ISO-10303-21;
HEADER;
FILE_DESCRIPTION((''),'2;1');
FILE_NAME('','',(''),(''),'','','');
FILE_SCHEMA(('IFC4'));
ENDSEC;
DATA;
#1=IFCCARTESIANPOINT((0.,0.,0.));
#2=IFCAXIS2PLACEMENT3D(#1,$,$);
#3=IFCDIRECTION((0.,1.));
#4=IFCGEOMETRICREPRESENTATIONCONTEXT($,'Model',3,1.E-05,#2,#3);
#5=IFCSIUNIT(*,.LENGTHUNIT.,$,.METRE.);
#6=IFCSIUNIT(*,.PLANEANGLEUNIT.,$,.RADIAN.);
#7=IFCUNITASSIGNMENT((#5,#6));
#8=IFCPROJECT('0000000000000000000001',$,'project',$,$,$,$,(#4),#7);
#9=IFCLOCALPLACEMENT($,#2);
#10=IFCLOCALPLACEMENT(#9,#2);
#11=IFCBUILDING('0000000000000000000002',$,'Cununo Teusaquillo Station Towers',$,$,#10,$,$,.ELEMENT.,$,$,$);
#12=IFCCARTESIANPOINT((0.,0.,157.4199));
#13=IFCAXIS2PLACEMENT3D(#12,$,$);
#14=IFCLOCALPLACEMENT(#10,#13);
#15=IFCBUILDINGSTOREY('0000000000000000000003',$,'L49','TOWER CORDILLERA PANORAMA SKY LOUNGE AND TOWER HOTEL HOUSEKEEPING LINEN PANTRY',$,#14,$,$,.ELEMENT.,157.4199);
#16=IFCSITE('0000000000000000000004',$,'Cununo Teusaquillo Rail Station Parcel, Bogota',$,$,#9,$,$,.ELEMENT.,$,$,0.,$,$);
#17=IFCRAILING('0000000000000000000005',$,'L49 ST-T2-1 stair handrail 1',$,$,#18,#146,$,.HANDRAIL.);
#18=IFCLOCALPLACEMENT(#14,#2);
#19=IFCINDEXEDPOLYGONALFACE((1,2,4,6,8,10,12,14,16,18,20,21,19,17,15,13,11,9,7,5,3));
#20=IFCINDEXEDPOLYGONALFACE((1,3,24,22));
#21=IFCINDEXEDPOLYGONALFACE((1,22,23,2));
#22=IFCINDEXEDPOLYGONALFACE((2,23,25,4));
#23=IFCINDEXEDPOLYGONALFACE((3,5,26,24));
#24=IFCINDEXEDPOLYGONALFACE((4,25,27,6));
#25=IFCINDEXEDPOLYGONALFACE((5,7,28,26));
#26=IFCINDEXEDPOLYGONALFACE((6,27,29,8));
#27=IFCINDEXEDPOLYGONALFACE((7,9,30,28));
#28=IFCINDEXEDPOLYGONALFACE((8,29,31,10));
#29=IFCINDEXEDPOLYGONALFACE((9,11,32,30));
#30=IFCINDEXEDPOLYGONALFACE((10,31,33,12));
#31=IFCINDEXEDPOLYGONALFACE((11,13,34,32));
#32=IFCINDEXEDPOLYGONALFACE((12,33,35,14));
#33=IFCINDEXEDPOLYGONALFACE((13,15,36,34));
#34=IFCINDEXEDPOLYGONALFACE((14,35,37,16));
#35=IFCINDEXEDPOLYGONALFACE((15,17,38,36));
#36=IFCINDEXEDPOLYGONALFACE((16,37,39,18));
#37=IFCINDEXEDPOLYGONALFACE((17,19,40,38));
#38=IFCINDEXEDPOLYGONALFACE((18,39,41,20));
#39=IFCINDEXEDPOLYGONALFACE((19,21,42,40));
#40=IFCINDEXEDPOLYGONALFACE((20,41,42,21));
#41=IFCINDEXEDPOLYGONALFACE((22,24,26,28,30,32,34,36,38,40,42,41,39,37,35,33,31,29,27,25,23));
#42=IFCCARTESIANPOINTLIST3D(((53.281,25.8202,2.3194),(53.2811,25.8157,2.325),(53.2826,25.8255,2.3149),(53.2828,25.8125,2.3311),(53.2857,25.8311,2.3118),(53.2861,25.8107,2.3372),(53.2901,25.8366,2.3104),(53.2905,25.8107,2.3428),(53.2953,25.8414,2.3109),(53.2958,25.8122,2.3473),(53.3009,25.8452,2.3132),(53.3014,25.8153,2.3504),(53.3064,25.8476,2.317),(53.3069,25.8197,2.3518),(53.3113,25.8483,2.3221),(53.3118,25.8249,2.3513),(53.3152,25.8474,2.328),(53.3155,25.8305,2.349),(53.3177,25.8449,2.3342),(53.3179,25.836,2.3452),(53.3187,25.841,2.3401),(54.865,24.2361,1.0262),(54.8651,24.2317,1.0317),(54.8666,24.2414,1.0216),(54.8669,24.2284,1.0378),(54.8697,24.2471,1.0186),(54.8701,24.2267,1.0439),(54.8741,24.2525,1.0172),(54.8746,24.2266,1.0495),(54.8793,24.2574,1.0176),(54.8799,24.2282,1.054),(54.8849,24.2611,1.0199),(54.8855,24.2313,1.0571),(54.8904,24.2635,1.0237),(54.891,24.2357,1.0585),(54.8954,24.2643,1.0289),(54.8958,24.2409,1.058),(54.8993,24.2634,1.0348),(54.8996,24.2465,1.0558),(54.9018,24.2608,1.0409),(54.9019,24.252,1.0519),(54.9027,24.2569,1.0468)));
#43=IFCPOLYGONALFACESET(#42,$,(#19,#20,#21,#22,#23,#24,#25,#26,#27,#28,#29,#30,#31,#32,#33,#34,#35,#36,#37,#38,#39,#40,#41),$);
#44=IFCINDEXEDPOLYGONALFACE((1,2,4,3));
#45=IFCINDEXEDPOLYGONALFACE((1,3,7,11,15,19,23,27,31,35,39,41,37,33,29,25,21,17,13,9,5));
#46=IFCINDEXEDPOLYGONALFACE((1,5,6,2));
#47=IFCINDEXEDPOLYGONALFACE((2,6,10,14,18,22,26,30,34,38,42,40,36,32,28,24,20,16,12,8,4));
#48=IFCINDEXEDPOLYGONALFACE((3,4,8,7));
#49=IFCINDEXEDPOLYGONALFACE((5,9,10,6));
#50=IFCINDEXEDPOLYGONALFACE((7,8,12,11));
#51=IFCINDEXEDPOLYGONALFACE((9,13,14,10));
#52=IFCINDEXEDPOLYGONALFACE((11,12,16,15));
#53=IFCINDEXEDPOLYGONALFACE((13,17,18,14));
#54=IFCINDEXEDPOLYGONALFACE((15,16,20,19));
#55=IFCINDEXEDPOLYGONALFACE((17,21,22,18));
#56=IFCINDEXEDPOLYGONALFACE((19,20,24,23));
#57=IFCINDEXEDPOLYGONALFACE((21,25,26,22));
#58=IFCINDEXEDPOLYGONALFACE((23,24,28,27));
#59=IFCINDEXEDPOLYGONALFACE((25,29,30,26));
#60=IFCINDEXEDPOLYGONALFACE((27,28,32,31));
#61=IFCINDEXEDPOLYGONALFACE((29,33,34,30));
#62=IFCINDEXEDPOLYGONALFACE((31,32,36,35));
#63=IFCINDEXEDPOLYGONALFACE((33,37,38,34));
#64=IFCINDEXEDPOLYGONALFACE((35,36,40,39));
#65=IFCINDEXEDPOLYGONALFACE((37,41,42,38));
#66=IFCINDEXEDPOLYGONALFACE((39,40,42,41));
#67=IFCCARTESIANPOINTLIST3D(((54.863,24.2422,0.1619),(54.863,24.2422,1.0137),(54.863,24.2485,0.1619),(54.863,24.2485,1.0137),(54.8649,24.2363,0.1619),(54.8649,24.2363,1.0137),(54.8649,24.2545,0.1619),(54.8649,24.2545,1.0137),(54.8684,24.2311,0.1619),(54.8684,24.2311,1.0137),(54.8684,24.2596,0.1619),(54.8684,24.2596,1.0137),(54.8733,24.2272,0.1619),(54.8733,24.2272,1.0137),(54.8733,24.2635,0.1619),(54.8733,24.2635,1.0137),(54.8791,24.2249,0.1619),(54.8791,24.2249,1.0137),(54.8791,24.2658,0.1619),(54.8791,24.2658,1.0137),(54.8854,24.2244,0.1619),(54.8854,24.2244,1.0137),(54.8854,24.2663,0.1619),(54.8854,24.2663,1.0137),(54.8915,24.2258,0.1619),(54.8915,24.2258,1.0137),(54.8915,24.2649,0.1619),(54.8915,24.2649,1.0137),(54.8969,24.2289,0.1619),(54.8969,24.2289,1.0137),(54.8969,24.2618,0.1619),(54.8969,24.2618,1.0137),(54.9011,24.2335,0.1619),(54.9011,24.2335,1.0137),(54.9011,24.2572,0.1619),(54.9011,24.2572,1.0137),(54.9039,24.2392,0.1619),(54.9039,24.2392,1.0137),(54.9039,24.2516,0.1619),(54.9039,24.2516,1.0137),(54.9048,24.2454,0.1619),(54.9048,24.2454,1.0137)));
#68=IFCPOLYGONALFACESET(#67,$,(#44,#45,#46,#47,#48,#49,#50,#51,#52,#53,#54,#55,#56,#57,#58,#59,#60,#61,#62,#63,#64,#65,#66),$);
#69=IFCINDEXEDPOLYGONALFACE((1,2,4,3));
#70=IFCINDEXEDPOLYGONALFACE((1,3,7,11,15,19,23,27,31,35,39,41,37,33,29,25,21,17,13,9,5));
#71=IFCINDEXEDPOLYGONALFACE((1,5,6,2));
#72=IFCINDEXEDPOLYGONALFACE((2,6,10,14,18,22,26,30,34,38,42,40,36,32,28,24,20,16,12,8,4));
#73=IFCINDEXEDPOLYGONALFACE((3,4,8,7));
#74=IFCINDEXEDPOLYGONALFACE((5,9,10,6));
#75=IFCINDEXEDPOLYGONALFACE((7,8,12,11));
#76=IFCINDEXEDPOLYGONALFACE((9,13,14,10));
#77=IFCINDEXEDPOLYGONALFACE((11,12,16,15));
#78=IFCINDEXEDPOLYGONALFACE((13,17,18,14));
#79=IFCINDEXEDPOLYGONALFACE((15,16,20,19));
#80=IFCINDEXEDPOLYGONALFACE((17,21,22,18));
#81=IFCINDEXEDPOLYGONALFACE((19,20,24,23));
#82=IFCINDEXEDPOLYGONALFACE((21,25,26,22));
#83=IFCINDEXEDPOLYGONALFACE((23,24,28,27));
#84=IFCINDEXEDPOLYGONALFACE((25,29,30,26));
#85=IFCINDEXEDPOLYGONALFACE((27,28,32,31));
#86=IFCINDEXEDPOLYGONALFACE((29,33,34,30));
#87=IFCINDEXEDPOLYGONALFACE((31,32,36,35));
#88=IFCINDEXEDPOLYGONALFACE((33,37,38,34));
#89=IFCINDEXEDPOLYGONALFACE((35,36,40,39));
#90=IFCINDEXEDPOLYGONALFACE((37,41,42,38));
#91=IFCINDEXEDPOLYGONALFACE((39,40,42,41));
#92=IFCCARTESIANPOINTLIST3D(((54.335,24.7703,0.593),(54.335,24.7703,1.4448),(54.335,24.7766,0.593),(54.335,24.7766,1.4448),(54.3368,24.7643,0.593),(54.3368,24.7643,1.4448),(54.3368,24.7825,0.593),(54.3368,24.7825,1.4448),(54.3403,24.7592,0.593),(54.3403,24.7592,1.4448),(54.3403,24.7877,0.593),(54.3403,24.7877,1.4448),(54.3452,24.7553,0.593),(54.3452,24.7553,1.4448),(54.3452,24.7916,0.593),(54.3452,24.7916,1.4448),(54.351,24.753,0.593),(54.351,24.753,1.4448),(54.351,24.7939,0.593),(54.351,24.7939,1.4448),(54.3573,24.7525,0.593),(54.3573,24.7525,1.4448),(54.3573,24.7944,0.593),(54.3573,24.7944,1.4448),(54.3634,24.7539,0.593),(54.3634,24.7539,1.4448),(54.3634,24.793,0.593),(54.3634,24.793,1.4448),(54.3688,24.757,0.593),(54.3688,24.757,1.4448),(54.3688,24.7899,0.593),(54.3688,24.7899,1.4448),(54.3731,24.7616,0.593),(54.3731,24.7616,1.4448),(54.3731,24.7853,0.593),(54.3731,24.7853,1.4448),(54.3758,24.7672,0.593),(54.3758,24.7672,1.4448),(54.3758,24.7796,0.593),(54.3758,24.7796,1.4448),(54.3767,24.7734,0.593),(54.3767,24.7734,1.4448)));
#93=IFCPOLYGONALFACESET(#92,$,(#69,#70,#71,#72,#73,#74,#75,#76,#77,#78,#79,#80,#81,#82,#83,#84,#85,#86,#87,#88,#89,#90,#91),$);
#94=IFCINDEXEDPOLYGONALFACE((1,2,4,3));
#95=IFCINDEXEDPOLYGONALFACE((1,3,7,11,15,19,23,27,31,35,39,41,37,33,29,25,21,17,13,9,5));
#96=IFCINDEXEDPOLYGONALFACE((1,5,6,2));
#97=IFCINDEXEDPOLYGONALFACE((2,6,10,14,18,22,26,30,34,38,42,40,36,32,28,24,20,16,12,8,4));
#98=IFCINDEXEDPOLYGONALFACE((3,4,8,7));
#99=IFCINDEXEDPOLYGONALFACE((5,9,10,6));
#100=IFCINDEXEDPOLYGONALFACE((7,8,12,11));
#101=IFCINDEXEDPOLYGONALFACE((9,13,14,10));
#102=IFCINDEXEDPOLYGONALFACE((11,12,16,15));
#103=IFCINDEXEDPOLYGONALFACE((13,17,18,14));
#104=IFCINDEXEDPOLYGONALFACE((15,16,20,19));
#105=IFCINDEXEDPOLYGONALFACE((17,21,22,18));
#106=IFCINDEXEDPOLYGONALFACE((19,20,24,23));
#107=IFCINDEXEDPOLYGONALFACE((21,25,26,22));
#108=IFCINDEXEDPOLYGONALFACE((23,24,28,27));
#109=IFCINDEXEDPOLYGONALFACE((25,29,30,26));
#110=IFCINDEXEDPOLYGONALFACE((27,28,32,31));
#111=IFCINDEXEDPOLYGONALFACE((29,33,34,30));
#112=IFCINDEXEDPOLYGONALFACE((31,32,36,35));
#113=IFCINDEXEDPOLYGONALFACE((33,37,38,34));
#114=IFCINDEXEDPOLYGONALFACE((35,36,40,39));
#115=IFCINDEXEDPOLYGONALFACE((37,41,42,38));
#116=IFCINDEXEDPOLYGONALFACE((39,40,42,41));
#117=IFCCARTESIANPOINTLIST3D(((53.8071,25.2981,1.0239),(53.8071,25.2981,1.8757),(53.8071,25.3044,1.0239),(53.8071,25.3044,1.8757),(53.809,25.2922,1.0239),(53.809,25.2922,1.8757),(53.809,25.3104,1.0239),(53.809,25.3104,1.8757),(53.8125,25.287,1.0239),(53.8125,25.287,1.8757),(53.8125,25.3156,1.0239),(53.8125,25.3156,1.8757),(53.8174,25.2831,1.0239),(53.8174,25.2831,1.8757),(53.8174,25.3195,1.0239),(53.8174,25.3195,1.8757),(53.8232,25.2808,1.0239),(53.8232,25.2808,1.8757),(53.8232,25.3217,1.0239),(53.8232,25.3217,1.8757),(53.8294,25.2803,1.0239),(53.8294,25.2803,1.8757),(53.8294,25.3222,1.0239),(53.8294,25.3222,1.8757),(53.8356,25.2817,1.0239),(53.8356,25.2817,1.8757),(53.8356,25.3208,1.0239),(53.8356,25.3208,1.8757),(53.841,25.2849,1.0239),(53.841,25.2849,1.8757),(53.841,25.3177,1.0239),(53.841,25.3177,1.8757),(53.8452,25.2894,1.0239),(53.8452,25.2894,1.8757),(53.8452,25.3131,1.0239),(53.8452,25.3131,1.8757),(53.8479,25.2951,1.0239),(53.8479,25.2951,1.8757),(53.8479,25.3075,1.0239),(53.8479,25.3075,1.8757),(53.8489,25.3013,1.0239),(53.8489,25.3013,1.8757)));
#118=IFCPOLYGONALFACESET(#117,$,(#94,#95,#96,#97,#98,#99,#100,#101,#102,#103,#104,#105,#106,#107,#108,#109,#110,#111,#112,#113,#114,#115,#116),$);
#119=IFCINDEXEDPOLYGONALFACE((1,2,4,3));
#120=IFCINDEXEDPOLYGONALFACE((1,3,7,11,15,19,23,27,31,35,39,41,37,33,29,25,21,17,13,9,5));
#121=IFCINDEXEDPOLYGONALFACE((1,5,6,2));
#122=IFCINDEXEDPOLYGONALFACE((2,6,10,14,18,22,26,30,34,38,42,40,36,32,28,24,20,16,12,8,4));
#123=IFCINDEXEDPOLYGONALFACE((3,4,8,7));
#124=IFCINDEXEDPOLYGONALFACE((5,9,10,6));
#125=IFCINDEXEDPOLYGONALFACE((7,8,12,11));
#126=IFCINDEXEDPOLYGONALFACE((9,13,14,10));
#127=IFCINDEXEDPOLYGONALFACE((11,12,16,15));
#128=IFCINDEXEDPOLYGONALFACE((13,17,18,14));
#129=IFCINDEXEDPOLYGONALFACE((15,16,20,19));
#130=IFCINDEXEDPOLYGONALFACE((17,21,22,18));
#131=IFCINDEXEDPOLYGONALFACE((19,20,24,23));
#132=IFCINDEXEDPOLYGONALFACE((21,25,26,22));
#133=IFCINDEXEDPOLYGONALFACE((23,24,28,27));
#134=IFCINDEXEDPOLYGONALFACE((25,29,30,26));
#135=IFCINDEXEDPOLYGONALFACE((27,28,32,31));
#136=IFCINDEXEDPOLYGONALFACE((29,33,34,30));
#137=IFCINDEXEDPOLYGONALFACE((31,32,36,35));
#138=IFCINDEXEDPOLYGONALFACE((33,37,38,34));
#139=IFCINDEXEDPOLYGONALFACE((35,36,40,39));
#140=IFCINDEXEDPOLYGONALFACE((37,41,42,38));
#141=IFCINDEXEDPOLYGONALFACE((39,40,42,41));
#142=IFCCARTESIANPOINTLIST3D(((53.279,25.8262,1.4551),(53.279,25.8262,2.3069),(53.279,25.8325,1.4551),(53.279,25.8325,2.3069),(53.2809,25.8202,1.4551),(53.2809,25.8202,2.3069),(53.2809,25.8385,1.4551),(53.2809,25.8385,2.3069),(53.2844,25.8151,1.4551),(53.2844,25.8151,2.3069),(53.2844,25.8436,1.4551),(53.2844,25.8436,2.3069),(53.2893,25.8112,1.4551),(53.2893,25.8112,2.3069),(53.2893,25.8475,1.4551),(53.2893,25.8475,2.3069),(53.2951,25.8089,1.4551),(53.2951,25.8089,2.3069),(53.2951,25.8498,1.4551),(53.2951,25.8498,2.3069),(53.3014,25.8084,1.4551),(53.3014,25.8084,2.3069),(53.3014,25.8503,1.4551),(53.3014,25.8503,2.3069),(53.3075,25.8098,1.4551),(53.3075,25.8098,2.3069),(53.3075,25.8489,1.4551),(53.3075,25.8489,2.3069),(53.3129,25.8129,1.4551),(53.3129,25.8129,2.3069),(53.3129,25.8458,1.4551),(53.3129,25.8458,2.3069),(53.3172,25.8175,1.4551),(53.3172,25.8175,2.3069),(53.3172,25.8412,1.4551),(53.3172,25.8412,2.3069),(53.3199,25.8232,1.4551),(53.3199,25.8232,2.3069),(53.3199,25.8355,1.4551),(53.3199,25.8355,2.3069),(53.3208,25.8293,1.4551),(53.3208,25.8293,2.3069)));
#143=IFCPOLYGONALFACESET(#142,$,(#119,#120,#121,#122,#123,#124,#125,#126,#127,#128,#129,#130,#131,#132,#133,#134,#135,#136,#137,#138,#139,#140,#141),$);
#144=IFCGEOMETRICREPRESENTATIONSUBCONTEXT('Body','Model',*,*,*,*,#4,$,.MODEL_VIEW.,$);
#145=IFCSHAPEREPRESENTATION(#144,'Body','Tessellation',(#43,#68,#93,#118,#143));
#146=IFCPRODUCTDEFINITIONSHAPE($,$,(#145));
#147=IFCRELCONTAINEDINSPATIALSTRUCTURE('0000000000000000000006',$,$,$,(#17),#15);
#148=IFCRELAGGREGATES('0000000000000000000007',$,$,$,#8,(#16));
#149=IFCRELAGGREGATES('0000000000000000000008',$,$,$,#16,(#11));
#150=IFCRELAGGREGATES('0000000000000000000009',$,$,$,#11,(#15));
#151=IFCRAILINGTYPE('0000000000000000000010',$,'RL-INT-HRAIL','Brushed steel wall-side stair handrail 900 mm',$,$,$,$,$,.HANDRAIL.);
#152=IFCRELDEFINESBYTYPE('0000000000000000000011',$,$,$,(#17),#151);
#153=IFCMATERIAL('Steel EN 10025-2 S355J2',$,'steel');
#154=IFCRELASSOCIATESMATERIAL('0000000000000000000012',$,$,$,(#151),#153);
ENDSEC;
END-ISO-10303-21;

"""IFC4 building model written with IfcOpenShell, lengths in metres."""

from ifc_helpers import new_model, si_unit, direction, frame, origin, origin_2d, place, context, subcontext, project, spatial, circle, extrude, material, type_object, element, save


model = new_model("IFC4")

# Units and contexts
model_context = context("Model", 3, precision=1e-05, world=origin(), true_north=direction((0.0, 1.0)))
body_context = subcontext(model_context, "Body", "Model", "MODEL_VIEW")
ifc_project = project(units=[si_unit("LENGTHUNIT", "METRE"), si_unit("PLANEANGLEUNIT", "RADIAN")], contexts=[model_context])

# Site, building, storey
site_placement = place(None, origin())
site = spatial("IfcSite", under=ifc_project, at=site_placement, Name="Cununo Teusaquillo Rail Station Parcel, Bogota", CompositionType="ELEMENT", RefElevation=0.0)
building_placement = place(site_placement, origin())
building = spatial("IfcBuilding", under=site, at=building_placement, Name="Cununo Teusaquillo Station Towers", CompositionType="ELEMENT")
storey_placement = place(building_placement, frame((0.0, 0.0, 157.4199)))
storey = spatial("IfcBuildingStorey", under=building, at=storey_placement, Name="L49", Description="TOWER CORDILLERA PANORAMA SKY LOUNGE AND TOWER HOTEL HOUSEKEEPING LINEN PANTRY", CompositionType="ELEMENT", Elevation=157.4199)

# Railing
ifc_material_1 = material(Name="Steel EN 10025-2 S355J2", Category="steel")
railing_type_1 = type_object("IfcRailingType", Name="RL-INT-HRAIL", Description="Brushed steel wall-side stair handrail 900 mm", PredefinedType="HANDRAIL", material=ifc_material_1)
railing_1_placement = place(storey_placement, frame((54.8838, 24.2454, 0.1619)))
element("IfcRailing", 1, at=railing_1_placement, inside=storey, type_object=railing_type_1, Name="L49 ST-T2-1 stair handrail 1", PredefinedType="HANDRAIL", context=body_context, shape_type="SweptSolid", body=[
    extrude(circle(Radius=0.0239, at=origin_2d()), frame((0.0, 0.0, 0.876), z_axis=(-0.612385, 0.612385, 0.49997), x_axis=(-0.707107, -0.707107, 0.0)), (0.0, 0.0, 1.0), 2.5867),
    extrude(circle(Radius=0.021, at=origin_2d()), origin(), (0.0, 0.0, 1.0), 0.8518),
    extrude(circle(Radius=0.021, at=origin_2d()), frame((-0.5281, 0.5281, 0.4312)), (0.0, 0.0, 1.0), 0.8518),
    extrude(circle(Radius=0.021, at=origin_2d()), frame((-1.0559, 1.0559, 0.8621)), (0.0, 0.0, 1.0), 0.8518),
    extrude(circle(Radius=0.021, at=origin_2d()), frame((-1.584, 1.584, 1.2932)), (0.0, 0.0, 1.0), 0.8518),
])

save(model, "model.ifc")
